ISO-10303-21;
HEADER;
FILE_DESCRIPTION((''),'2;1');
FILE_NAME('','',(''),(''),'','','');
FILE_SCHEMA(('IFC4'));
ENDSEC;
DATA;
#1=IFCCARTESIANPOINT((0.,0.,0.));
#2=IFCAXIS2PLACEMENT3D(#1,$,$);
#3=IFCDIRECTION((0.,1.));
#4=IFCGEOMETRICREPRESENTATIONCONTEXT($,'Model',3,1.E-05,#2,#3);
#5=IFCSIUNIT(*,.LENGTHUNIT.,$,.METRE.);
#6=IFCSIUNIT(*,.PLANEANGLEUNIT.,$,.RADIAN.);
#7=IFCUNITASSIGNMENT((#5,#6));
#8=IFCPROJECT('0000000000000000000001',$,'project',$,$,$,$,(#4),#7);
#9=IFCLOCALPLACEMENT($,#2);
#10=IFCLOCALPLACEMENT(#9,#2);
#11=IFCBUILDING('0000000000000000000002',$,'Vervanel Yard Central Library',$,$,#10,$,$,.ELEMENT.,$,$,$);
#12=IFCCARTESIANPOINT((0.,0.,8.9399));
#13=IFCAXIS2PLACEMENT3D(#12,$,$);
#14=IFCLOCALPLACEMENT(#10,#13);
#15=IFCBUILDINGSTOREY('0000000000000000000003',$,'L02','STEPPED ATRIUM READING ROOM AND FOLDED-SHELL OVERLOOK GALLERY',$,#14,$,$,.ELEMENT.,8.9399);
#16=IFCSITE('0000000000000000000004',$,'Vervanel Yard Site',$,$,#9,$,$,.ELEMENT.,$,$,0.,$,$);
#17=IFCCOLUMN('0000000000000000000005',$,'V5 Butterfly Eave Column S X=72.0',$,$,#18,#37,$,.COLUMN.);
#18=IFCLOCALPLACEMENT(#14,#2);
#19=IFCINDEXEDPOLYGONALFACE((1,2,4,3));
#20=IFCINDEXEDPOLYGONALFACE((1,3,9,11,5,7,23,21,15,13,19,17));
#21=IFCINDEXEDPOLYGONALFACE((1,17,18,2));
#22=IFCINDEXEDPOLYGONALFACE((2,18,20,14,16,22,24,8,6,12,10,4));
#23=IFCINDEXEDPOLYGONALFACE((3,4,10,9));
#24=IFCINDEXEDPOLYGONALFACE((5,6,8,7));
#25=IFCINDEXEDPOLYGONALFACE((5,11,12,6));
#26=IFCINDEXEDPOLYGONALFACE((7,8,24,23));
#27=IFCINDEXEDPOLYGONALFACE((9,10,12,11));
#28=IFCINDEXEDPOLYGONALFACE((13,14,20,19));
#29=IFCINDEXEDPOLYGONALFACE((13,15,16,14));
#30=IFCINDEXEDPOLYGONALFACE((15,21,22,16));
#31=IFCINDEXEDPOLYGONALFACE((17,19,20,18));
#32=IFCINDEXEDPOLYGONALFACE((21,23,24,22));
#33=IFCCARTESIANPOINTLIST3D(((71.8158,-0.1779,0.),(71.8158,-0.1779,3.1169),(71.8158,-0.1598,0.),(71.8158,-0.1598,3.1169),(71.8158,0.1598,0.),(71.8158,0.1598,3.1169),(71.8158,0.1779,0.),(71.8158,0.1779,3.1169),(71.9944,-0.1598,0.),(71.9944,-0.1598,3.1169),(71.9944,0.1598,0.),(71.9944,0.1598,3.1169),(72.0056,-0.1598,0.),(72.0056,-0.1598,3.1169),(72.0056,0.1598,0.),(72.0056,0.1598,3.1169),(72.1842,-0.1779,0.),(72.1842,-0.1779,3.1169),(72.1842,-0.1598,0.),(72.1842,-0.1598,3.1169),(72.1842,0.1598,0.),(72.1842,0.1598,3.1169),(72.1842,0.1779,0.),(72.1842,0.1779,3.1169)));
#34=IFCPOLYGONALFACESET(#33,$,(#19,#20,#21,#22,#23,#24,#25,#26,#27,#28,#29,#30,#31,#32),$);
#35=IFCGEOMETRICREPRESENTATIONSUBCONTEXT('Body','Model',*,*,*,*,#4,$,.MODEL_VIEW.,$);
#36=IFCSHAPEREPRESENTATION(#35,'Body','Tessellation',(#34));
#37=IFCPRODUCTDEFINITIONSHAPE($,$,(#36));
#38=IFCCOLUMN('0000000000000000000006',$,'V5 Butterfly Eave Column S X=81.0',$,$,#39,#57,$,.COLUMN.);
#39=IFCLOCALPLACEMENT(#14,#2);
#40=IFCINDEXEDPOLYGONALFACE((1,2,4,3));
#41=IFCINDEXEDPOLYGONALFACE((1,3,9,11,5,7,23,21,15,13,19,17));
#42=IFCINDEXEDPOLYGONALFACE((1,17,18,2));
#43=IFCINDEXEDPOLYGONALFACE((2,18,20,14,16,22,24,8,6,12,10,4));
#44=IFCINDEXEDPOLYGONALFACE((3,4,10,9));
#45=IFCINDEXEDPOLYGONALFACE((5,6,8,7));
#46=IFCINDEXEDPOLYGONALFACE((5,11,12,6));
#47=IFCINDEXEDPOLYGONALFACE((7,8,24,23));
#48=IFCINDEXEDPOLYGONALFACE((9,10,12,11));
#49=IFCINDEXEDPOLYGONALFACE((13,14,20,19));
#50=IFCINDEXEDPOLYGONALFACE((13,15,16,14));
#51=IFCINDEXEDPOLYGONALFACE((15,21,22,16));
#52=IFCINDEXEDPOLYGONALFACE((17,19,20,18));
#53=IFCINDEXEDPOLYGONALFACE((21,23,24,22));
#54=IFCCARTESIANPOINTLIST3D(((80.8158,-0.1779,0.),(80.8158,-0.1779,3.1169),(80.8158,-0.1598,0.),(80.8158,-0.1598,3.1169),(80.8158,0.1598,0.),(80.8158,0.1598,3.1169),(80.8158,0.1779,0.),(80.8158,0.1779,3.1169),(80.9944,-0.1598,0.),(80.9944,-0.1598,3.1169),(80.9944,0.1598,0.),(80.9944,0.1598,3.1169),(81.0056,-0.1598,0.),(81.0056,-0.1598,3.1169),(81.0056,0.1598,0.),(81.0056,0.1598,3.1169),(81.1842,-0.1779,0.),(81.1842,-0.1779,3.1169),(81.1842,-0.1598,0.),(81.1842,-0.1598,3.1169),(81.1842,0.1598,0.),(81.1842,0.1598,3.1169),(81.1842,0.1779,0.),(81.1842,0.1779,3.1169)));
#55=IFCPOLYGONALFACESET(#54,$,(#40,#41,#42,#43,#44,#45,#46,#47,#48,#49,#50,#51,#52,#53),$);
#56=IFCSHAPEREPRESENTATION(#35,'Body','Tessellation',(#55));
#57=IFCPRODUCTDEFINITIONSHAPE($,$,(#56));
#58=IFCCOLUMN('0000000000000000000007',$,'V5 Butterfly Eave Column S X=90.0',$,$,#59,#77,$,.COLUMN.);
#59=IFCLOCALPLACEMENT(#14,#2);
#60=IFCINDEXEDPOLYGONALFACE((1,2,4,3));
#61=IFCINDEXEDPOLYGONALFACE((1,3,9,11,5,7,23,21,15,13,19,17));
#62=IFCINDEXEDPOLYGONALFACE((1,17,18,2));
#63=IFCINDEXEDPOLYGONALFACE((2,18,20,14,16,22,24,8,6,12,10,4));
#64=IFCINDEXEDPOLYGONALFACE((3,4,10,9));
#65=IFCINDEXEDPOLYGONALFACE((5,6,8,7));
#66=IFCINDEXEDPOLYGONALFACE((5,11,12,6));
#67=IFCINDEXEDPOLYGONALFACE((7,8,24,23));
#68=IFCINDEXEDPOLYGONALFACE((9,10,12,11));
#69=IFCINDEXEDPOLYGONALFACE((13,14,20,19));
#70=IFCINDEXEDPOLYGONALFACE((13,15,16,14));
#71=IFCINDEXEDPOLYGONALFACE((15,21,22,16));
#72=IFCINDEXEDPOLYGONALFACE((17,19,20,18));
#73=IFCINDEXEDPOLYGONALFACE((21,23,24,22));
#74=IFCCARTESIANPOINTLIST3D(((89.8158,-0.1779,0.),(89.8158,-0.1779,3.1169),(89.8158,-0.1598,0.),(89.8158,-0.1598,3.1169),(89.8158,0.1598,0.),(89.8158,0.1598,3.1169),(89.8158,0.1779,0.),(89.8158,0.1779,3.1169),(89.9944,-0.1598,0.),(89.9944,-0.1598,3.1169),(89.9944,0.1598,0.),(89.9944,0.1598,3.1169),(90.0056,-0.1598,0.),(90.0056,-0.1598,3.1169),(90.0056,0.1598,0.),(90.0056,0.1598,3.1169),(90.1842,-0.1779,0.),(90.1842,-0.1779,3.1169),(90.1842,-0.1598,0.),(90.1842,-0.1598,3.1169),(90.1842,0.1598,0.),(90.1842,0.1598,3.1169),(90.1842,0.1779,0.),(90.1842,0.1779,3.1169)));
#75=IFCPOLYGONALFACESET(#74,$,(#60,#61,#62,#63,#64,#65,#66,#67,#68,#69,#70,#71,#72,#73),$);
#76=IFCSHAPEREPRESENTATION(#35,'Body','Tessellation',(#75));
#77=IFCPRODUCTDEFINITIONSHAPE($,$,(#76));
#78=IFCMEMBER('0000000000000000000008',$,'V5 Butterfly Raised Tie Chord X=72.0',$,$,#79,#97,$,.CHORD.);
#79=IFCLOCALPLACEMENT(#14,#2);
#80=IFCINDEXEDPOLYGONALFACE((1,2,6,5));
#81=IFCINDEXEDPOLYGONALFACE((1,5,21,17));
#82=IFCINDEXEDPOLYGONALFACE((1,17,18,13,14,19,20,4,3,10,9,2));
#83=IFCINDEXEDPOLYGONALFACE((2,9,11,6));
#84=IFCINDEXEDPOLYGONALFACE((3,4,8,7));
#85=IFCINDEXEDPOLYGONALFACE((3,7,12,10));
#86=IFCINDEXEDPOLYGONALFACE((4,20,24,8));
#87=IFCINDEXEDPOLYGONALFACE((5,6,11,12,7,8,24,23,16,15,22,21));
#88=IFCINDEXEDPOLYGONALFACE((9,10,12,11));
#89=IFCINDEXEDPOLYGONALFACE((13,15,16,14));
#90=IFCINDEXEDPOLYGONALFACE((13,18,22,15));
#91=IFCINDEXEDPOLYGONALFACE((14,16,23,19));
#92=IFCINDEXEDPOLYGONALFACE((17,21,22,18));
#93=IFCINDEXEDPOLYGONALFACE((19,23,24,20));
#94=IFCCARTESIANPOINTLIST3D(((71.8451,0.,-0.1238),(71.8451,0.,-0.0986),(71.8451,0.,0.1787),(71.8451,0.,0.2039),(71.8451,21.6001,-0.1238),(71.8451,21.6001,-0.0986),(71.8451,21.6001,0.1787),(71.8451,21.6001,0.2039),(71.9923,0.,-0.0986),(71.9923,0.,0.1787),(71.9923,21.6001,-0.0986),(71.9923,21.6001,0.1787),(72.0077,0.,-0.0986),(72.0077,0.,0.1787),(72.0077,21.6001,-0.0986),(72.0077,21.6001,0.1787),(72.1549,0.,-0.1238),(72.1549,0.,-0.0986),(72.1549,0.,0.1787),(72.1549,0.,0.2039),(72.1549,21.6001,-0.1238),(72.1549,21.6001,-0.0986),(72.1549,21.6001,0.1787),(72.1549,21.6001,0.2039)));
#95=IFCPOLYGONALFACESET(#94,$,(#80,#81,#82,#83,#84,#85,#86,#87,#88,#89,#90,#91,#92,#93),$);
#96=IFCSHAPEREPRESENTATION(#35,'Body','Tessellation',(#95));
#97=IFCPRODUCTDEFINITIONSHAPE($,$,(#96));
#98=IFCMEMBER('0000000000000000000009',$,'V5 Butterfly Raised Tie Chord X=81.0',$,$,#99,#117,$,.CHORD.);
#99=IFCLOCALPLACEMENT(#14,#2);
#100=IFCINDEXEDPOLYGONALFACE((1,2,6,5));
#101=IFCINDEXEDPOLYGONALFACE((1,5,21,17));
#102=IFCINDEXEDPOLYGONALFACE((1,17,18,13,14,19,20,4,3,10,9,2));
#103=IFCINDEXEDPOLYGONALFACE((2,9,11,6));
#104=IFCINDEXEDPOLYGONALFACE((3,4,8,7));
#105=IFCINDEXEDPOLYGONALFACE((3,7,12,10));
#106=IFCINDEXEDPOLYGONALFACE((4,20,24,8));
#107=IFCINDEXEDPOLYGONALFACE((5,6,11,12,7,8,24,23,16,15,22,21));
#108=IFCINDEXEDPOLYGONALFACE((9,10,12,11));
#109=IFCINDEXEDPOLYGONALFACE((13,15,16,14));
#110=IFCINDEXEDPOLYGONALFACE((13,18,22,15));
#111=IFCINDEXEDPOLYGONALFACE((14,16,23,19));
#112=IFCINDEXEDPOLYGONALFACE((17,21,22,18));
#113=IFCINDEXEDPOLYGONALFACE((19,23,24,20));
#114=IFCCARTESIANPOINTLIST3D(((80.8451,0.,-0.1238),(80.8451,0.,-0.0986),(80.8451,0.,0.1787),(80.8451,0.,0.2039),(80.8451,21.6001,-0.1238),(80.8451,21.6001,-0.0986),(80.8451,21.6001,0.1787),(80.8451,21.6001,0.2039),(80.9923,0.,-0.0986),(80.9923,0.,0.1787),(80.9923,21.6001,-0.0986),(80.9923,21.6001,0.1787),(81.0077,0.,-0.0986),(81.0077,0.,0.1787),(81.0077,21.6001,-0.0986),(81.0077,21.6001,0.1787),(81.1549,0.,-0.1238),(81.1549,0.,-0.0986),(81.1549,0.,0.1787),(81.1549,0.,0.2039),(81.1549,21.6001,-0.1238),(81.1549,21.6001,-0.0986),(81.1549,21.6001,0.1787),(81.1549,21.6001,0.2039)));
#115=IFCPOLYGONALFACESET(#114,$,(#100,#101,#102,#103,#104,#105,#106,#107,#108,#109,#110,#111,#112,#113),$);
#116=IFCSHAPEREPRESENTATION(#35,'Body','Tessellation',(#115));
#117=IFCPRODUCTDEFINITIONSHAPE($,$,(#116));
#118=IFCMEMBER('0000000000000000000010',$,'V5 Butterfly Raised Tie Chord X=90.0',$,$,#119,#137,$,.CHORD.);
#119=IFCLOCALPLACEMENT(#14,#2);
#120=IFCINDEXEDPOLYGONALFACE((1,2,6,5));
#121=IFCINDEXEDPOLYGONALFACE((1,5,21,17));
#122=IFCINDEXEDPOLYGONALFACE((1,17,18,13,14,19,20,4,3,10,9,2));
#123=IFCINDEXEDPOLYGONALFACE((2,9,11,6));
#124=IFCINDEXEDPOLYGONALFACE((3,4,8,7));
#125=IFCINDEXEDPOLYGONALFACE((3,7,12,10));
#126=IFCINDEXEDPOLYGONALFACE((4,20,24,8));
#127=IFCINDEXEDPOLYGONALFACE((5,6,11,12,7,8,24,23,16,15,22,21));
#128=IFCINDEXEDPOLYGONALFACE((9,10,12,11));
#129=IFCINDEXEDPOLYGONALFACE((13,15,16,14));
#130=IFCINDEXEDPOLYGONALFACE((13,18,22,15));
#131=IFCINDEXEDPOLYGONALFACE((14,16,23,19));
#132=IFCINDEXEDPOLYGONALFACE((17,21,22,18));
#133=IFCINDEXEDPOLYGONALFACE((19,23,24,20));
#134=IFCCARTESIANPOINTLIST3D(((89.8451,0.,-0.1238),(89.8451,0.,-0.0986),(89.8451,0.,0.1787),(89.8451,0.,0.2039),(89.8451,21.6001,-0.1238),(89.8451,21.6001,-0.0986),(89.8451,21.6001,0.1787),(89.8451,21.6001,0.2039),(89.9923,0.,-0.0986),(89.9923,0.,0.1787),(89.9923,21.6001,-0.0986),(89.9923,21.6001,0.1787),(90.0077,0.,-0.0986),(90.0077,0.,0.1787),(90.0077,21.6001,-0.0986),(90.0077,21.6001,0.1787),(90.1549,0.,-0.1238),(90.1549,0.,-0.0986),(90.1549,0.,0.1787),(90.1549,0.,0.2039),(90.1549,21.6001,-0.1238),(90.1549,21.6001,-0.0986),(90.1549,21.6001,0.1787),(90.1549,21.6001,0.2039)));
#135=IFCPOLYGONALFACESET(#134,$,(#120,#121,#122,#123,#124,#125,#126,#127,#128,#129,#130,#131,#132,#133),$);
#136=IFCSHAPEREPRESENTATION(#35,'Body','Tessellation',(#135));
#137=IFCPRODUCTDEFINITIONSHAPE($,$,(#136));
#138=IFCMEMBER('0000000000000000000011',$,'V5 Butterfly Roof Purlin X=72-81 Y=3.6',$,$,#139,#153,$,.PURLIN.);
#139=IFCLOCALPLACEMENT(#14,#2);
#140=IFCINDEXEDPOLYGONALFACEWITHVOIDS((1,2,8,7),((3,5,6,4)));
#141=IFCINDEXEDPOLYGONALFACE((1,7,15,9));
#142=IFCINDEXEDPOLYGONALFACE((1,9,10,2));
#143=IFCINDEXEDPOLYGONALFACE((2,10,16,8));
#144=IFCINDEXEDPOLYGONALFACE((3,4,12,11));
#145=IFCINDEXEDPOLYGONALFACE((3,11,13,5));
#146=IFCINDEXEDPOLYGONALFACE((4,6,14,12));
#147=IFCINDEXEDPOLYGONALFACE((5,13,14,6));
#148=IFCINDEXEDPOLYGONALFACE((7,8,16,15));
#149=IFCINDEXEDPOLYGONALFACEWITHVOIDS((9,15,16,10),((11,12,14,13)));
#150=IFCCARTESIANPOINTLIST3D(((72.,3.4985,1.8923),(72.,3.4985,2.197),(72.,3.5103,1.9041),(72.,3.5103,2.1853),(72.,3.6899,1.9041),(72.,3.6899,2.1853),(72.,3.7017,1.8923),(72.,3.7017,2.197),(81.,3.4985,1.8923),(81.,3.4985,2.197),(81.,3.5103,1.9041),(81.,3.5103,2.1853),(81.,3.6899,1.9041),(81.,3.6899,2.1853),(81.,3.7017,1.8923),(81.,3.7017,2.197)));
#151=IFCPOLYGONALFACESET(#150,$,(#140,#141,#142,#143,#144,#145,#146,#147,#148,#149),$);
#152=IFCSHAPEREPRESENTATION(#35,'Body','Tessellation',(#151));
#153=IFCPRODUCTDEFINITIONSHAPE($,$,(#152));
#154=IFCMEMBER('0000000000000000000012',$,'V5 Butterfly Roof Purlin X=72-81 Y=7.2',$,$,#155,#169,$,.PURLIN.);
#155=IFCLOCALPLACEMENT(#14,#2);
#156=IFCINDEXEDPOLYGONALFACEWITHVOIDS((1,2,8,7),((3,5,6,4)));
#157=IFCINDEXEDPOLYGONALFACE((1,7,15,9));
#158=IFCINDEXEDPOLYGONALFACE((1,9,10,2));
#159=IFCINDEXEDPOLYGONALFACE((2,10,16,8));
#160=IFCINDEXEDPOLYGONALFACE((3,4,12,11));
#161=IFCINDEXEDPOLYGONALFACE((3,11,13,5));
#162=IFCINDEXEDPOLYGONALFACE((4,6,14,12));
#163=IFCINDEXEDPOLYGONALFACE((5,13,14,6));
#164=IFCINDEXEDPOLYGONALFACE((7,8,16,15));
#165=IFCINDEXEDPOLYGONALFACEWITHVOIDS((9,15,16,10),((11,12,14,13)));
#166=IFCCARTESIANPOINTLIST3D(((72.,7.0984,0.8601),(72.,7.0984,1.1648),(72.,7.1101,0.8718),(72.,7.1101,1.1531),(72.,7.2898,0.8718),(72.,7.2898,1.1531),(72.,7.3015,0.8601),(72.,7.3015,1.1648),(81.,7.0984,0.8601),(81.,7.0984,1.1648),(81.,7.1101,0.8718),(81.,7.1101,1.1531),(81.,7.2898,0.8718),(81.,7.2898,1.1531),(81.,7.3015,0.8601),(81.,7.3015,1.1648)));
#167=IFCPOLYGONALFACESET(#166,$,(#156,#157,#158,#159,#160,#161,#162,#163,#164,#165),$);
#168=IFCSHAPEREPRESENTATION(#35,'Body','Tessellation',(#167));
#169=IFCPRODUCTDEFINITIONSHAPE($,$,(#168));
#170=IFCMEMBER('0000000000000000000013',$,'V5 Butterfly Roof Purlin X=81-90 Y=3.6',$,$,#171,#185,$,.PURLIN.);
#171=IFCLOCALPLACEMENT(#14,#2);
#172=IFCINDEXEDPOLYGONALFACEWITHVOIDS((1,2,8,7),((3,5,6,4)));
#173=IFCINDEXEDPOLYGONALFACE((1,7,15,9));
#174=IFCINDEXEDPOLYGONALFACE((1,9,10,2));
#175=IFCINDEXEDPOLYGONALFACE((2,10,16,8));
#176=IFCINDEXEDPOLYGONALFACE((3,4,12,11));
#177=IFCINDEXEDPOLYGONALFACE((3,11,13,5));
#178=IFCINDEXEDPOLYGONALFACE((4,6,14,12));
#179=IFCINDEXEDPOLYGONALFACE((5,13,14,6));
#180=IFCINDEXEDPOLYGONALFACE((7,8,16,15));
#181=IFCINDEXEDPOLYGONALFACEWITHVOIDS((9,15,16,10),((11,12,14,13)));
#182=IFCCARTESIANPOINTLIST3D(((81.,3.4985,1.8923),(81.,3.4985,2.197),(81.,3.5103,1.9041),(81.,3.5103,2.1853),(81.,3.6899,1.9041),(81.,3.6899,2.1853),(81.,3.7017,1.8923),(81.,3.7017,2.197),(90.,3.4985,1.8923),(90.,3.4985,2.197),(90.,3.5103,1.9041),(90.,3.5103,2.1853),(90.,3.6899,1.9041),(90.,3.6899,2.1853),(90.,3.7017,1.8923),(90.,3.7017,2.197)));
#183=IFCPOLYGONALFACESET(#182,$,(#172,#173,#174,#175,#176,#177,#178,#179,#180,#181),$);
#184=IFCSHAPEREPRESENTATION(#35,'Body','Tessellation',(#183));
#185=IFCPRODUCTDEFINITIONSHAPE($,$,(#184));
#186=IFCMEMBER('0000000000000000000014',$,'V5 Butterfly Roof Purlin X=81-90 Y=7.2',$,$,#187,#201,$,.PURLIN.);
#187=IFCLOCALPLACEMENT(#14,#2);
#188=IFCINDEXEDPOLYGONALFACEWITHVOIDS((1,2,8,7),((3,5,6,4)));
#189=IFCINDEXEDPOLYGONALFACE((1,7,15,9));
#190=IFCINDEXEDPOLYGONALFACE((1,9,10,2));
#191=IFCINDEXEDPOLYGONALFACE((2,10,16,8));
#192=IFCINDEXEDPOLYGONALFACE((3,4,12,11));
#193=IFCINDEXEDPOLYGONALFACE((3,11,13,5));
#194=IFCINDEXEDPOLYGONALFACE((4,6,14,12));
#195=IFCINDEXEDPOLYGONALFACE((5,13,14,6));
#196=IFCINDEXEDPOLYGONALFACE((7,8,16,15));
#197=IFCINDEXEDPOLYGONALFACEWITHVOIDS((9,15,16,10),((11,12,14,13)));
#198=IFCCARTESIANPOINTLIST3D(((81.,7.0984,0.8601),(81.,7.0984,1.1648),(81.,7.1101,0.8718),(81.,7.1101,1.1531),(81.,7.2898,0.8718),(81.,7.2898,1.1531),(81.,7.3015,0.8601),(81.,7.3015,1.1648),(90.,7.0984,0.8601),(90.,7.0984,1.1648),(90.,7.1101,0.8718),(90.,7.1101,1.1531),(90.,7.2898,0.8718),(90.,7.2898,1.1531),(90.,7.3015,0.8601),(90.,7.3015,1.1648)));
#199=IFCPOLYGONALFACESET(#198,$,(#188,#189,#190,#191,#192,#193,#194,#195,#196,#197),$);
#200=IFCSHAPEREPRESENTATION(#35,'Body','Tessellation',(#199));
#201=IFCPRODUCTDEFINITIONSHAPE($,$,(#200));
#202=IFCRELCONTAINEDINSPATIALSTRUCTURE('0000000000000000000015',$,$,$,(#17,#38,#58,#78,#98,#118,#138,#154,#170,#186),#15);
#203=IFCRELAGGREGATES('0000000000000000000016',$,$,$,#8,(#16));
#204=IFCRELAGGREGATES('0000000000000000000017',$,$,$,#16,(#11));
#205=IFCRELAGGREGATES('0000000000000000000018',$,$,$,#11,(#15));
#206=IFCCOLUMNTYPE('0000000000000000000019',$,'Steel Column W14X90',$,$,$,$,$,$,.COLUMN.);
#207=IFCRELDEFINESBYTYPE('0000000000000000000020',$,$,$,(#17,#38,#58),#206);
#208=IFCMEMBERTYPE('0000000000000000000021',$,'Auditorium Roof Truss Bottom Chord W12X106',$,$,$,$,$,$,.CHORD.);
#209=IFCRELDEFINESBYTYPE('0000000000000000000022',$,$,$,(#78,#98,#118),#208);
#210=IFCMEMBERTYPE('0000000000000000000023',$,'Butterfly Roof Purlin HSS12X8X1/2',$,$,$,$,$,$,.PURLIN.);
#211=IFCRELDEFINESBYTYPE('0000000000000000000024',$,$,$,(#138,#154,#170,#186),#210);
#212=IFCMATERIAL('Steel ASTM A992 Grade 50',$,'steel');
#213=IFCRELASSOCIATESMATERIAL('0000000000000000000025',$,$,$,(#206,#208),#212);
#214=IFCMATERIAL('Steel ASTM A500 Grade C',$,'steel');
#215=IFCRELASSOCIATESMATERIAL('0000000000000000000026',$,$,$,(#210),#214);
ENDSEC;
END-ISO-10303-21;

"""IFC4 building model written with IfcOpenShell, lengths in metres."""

from ifc_helpers import new_model, si_unit, direction, frame, origin, origin_2d, place, context, subcontext, project, spatial, hollow_rectangle, i_section, extrude, material, material_profile, profile_set, type_object, element, save


model = new_model("IFC4")

# Units and contexts
model_context = context("Model", 3, precision=1e-05, world=origin(), true_north=direction((0.0, 1.0)))
body_context = subcontext(model_context, "Body", "Model", "MODEL_VIEW")
ifc_project = project(units=[si_unit("LENGTHUNIT", "METRE"), si_unit("PLANEANGLEUNIT", "RADIAN")], contexts=[model_context])

# Site, building, storey
site_placement = place(None, origin())
site = spatial("IfcSite", under=ifc_project, at=site_placement, Name="Vervanel Yard Site", CompositionType="ELEMENT", RefElevation=0.0)
building_placement = place(site_placement, origin())
building = spatial("IfcBuilding", under=site, at=building_placement, Name="Vervanel Yard Central Library", CompositionType="ELEMENT")
storey_placement = place(building_placement, frame((0.0, 0.0, 8.9399)))
storey = spatial("IfcBuildingStorey", under=building, at=storey_placement, Name="L02", Description="STEPPED ATRIUM READING ROOM AND FOLDED-SHELL OVERLOOK GALLERY", CompositionType="ELEMENT", Elevation=8.9399)

# Columns
ifc_material_1 = material(Name="Steel ASTM A992 Grade 50", Category="steel")
ifc_material_profile_1 = material_profile(ifc_material_1, i_section(OverallWidth=0.3684, OverallDepth=0.3557, WebThickness=0.0112, FlangeThickness=0.0181, at=origin_2d()), Name="W14X90", Category="steel")
ifc_profile_set_1 = profile_set([ifc_material_profile_1], Name="Steel ASTM A992 Grade 50")
column_type = type_object("IfcColumnType", Name="Steel Column W14X90", PredefinedType="COLUMN", material=ifc_profile_set_1)
for number, where, z_axis, x_axis, name in (
    (1, (72.0, 0.0, 0.0), (0.0, 0.0, 1.0), (1.0, 0.0, 0.0), "V5 Butterfly Eave Column S X=72.0"),
    (2, (81.0, 0.0, 0.0), (0.0, 0.0, 1.0), (1.0, 0.0, 0.0), "V5 Butterfly Eave Column S X=81.0"),
    (3, (90.0, 0.0, 0.0), (0.0, 0.0, 1.0), (1.0, 0.0, 0.0), "V5 Butterfly Eave Column S X=90.0"),
):
    element("IfcColumn", number, at=place(storey_placement, frame(where, z_axis=z_axis, x_axis=x_axis)), inside=storey, type_object=column_type, Name=name, PredefinedType="COLUMN", context=body_context, shape_type="SweptSolid", body=[
        extrude(i_section(OverallWidth=0.3684, OverallDepth=0.3557, WebThickness=0.0112, FlangeThickness=0.0181, at=origin_2d()), origin(), (0.0, 0.0, 1.0), 3.1169),
    ])

# Members
ifc_material_profile_2 = material_profile(ifc_material_1, i_section(OverallWidth=0.3098, OverallDepth=0.3276, WebThickness=0.0154, FlangeThickness=0.0251, at=origin_2d()), Name="W12X106", Category="steel")
ifc_profile_set_2 = profile_set([ifc_material_profile_2], Name="Steel ASTM A992 Grade 50")
member_type_1 = type_object("IfcMemberType", Name="Auditorium Roof Truss Bottom Chord W12X106", PredefinedType="CHORD", material=ifc_profile_set_2)
for number, where, z_axis, x_axis, name in (
    (4, (72.0, 0.0, 0.04), (0.0, 1.0, 0.0), (-1.0, 0.0, 0.0), "V5 Butterfly Raised Tie Chord X=72.0"),
    (5, (81.0, 0.0, 0.04), (0.0, 1.0, 0.0), (-1.0, 0.0, 0.0), "V5 Butterfly Raised Tie Chord X=81.0"),
    (6, (90.0, 0.0, 0.04), (0.0, 1.0, 0.0), (-1.0, 0.0, 0.0), "V5 Butterfly Raised Tie Chord X=90.0"),
):
    element("IfcMember", number, at=place(storey_placement, frame(where, z_axis=z_axis, x_axis=x_axis)), inside=storey, type_object=member_type_1, Name=name, PredefinedType="CHORD", context=body_context, shape_type="SweptSolid", body=[
        extrude(i_section(OverallWidth=0.3098, OverallDepth=0.3276, WebThickness=0.0154, FlangeThickness=0.0251, at=origin_2d()), origin(), (0.0, 0.0, 1.0), 21.6001),
    ])
ifc_material_2 = material(Name="Steel ASTM A500 Grade C", Category="steel")
ifc_material_profile_3 = material_profile(ifc_material_2, hollow_rectangle(XDim=0.2031, YDim=0.3047, WallThickness=0.0117, at=origin_2d()), Name="HSS12X8X1/2", Category="steel")
ifc_profile_set_3 = profile_set([ifc_material_profile_3], Name="Steel ASTM A500 Grade C")
member_type_2 = type_object("IfcMemberType", Name="Butterfly Roof Purlin HSS12X8X1/2", PredefinedType="PURLIN", material=ifc_profile_set_3)
for number, where, z_axis, x_axis, name in (
    (7, (72.0, 3.6001, 2.0447), (1.0, 0.0, 0.0), (0.0, 1.0, 0.0), "V5 Butterfly Roof Purlin X=72-81 Y=3.6"),
    (8, (72.0, 7.2, 1.0125), (1.0, 0.0, 0.0), (0.0, 1.0, 0.0), "V5 Butterfly Roof Purlin X=72-81 Y=7.2"),
    (9, (81.0, 3.6001, 2.0447), (1.0, 0.0, 0.0), (0.0, 1.0, 0.0), "V5 Butterfly Roof Purlin X=81-90 Y=3.6"),
    (10, (81.0, 7.2, 1.0125), (1.0, 0.0, 0.0), (0.0, 1.0, 0.0), "V5 Butterfly Roof Purlin X=81-90 Y=7.2"),
):
    element("IfcMember", number, at=place(storey_placement, frame(where, z_axis=z_axis, x_axis=x_axis)), inside=storey, type_object=member_type_2, Name=name, PredefinedType="PURLIN", context=body_context, shape_type="SweptSolid", body=[
        extrude(hollow_rectangle(XDim=0.2031, YDim=0.3047, WallThickness=0.0117, at=origin_2d()), origin(), (0.0, 0.0, 1.0), 9.0),
    ])

save(model, "model.ifc")
